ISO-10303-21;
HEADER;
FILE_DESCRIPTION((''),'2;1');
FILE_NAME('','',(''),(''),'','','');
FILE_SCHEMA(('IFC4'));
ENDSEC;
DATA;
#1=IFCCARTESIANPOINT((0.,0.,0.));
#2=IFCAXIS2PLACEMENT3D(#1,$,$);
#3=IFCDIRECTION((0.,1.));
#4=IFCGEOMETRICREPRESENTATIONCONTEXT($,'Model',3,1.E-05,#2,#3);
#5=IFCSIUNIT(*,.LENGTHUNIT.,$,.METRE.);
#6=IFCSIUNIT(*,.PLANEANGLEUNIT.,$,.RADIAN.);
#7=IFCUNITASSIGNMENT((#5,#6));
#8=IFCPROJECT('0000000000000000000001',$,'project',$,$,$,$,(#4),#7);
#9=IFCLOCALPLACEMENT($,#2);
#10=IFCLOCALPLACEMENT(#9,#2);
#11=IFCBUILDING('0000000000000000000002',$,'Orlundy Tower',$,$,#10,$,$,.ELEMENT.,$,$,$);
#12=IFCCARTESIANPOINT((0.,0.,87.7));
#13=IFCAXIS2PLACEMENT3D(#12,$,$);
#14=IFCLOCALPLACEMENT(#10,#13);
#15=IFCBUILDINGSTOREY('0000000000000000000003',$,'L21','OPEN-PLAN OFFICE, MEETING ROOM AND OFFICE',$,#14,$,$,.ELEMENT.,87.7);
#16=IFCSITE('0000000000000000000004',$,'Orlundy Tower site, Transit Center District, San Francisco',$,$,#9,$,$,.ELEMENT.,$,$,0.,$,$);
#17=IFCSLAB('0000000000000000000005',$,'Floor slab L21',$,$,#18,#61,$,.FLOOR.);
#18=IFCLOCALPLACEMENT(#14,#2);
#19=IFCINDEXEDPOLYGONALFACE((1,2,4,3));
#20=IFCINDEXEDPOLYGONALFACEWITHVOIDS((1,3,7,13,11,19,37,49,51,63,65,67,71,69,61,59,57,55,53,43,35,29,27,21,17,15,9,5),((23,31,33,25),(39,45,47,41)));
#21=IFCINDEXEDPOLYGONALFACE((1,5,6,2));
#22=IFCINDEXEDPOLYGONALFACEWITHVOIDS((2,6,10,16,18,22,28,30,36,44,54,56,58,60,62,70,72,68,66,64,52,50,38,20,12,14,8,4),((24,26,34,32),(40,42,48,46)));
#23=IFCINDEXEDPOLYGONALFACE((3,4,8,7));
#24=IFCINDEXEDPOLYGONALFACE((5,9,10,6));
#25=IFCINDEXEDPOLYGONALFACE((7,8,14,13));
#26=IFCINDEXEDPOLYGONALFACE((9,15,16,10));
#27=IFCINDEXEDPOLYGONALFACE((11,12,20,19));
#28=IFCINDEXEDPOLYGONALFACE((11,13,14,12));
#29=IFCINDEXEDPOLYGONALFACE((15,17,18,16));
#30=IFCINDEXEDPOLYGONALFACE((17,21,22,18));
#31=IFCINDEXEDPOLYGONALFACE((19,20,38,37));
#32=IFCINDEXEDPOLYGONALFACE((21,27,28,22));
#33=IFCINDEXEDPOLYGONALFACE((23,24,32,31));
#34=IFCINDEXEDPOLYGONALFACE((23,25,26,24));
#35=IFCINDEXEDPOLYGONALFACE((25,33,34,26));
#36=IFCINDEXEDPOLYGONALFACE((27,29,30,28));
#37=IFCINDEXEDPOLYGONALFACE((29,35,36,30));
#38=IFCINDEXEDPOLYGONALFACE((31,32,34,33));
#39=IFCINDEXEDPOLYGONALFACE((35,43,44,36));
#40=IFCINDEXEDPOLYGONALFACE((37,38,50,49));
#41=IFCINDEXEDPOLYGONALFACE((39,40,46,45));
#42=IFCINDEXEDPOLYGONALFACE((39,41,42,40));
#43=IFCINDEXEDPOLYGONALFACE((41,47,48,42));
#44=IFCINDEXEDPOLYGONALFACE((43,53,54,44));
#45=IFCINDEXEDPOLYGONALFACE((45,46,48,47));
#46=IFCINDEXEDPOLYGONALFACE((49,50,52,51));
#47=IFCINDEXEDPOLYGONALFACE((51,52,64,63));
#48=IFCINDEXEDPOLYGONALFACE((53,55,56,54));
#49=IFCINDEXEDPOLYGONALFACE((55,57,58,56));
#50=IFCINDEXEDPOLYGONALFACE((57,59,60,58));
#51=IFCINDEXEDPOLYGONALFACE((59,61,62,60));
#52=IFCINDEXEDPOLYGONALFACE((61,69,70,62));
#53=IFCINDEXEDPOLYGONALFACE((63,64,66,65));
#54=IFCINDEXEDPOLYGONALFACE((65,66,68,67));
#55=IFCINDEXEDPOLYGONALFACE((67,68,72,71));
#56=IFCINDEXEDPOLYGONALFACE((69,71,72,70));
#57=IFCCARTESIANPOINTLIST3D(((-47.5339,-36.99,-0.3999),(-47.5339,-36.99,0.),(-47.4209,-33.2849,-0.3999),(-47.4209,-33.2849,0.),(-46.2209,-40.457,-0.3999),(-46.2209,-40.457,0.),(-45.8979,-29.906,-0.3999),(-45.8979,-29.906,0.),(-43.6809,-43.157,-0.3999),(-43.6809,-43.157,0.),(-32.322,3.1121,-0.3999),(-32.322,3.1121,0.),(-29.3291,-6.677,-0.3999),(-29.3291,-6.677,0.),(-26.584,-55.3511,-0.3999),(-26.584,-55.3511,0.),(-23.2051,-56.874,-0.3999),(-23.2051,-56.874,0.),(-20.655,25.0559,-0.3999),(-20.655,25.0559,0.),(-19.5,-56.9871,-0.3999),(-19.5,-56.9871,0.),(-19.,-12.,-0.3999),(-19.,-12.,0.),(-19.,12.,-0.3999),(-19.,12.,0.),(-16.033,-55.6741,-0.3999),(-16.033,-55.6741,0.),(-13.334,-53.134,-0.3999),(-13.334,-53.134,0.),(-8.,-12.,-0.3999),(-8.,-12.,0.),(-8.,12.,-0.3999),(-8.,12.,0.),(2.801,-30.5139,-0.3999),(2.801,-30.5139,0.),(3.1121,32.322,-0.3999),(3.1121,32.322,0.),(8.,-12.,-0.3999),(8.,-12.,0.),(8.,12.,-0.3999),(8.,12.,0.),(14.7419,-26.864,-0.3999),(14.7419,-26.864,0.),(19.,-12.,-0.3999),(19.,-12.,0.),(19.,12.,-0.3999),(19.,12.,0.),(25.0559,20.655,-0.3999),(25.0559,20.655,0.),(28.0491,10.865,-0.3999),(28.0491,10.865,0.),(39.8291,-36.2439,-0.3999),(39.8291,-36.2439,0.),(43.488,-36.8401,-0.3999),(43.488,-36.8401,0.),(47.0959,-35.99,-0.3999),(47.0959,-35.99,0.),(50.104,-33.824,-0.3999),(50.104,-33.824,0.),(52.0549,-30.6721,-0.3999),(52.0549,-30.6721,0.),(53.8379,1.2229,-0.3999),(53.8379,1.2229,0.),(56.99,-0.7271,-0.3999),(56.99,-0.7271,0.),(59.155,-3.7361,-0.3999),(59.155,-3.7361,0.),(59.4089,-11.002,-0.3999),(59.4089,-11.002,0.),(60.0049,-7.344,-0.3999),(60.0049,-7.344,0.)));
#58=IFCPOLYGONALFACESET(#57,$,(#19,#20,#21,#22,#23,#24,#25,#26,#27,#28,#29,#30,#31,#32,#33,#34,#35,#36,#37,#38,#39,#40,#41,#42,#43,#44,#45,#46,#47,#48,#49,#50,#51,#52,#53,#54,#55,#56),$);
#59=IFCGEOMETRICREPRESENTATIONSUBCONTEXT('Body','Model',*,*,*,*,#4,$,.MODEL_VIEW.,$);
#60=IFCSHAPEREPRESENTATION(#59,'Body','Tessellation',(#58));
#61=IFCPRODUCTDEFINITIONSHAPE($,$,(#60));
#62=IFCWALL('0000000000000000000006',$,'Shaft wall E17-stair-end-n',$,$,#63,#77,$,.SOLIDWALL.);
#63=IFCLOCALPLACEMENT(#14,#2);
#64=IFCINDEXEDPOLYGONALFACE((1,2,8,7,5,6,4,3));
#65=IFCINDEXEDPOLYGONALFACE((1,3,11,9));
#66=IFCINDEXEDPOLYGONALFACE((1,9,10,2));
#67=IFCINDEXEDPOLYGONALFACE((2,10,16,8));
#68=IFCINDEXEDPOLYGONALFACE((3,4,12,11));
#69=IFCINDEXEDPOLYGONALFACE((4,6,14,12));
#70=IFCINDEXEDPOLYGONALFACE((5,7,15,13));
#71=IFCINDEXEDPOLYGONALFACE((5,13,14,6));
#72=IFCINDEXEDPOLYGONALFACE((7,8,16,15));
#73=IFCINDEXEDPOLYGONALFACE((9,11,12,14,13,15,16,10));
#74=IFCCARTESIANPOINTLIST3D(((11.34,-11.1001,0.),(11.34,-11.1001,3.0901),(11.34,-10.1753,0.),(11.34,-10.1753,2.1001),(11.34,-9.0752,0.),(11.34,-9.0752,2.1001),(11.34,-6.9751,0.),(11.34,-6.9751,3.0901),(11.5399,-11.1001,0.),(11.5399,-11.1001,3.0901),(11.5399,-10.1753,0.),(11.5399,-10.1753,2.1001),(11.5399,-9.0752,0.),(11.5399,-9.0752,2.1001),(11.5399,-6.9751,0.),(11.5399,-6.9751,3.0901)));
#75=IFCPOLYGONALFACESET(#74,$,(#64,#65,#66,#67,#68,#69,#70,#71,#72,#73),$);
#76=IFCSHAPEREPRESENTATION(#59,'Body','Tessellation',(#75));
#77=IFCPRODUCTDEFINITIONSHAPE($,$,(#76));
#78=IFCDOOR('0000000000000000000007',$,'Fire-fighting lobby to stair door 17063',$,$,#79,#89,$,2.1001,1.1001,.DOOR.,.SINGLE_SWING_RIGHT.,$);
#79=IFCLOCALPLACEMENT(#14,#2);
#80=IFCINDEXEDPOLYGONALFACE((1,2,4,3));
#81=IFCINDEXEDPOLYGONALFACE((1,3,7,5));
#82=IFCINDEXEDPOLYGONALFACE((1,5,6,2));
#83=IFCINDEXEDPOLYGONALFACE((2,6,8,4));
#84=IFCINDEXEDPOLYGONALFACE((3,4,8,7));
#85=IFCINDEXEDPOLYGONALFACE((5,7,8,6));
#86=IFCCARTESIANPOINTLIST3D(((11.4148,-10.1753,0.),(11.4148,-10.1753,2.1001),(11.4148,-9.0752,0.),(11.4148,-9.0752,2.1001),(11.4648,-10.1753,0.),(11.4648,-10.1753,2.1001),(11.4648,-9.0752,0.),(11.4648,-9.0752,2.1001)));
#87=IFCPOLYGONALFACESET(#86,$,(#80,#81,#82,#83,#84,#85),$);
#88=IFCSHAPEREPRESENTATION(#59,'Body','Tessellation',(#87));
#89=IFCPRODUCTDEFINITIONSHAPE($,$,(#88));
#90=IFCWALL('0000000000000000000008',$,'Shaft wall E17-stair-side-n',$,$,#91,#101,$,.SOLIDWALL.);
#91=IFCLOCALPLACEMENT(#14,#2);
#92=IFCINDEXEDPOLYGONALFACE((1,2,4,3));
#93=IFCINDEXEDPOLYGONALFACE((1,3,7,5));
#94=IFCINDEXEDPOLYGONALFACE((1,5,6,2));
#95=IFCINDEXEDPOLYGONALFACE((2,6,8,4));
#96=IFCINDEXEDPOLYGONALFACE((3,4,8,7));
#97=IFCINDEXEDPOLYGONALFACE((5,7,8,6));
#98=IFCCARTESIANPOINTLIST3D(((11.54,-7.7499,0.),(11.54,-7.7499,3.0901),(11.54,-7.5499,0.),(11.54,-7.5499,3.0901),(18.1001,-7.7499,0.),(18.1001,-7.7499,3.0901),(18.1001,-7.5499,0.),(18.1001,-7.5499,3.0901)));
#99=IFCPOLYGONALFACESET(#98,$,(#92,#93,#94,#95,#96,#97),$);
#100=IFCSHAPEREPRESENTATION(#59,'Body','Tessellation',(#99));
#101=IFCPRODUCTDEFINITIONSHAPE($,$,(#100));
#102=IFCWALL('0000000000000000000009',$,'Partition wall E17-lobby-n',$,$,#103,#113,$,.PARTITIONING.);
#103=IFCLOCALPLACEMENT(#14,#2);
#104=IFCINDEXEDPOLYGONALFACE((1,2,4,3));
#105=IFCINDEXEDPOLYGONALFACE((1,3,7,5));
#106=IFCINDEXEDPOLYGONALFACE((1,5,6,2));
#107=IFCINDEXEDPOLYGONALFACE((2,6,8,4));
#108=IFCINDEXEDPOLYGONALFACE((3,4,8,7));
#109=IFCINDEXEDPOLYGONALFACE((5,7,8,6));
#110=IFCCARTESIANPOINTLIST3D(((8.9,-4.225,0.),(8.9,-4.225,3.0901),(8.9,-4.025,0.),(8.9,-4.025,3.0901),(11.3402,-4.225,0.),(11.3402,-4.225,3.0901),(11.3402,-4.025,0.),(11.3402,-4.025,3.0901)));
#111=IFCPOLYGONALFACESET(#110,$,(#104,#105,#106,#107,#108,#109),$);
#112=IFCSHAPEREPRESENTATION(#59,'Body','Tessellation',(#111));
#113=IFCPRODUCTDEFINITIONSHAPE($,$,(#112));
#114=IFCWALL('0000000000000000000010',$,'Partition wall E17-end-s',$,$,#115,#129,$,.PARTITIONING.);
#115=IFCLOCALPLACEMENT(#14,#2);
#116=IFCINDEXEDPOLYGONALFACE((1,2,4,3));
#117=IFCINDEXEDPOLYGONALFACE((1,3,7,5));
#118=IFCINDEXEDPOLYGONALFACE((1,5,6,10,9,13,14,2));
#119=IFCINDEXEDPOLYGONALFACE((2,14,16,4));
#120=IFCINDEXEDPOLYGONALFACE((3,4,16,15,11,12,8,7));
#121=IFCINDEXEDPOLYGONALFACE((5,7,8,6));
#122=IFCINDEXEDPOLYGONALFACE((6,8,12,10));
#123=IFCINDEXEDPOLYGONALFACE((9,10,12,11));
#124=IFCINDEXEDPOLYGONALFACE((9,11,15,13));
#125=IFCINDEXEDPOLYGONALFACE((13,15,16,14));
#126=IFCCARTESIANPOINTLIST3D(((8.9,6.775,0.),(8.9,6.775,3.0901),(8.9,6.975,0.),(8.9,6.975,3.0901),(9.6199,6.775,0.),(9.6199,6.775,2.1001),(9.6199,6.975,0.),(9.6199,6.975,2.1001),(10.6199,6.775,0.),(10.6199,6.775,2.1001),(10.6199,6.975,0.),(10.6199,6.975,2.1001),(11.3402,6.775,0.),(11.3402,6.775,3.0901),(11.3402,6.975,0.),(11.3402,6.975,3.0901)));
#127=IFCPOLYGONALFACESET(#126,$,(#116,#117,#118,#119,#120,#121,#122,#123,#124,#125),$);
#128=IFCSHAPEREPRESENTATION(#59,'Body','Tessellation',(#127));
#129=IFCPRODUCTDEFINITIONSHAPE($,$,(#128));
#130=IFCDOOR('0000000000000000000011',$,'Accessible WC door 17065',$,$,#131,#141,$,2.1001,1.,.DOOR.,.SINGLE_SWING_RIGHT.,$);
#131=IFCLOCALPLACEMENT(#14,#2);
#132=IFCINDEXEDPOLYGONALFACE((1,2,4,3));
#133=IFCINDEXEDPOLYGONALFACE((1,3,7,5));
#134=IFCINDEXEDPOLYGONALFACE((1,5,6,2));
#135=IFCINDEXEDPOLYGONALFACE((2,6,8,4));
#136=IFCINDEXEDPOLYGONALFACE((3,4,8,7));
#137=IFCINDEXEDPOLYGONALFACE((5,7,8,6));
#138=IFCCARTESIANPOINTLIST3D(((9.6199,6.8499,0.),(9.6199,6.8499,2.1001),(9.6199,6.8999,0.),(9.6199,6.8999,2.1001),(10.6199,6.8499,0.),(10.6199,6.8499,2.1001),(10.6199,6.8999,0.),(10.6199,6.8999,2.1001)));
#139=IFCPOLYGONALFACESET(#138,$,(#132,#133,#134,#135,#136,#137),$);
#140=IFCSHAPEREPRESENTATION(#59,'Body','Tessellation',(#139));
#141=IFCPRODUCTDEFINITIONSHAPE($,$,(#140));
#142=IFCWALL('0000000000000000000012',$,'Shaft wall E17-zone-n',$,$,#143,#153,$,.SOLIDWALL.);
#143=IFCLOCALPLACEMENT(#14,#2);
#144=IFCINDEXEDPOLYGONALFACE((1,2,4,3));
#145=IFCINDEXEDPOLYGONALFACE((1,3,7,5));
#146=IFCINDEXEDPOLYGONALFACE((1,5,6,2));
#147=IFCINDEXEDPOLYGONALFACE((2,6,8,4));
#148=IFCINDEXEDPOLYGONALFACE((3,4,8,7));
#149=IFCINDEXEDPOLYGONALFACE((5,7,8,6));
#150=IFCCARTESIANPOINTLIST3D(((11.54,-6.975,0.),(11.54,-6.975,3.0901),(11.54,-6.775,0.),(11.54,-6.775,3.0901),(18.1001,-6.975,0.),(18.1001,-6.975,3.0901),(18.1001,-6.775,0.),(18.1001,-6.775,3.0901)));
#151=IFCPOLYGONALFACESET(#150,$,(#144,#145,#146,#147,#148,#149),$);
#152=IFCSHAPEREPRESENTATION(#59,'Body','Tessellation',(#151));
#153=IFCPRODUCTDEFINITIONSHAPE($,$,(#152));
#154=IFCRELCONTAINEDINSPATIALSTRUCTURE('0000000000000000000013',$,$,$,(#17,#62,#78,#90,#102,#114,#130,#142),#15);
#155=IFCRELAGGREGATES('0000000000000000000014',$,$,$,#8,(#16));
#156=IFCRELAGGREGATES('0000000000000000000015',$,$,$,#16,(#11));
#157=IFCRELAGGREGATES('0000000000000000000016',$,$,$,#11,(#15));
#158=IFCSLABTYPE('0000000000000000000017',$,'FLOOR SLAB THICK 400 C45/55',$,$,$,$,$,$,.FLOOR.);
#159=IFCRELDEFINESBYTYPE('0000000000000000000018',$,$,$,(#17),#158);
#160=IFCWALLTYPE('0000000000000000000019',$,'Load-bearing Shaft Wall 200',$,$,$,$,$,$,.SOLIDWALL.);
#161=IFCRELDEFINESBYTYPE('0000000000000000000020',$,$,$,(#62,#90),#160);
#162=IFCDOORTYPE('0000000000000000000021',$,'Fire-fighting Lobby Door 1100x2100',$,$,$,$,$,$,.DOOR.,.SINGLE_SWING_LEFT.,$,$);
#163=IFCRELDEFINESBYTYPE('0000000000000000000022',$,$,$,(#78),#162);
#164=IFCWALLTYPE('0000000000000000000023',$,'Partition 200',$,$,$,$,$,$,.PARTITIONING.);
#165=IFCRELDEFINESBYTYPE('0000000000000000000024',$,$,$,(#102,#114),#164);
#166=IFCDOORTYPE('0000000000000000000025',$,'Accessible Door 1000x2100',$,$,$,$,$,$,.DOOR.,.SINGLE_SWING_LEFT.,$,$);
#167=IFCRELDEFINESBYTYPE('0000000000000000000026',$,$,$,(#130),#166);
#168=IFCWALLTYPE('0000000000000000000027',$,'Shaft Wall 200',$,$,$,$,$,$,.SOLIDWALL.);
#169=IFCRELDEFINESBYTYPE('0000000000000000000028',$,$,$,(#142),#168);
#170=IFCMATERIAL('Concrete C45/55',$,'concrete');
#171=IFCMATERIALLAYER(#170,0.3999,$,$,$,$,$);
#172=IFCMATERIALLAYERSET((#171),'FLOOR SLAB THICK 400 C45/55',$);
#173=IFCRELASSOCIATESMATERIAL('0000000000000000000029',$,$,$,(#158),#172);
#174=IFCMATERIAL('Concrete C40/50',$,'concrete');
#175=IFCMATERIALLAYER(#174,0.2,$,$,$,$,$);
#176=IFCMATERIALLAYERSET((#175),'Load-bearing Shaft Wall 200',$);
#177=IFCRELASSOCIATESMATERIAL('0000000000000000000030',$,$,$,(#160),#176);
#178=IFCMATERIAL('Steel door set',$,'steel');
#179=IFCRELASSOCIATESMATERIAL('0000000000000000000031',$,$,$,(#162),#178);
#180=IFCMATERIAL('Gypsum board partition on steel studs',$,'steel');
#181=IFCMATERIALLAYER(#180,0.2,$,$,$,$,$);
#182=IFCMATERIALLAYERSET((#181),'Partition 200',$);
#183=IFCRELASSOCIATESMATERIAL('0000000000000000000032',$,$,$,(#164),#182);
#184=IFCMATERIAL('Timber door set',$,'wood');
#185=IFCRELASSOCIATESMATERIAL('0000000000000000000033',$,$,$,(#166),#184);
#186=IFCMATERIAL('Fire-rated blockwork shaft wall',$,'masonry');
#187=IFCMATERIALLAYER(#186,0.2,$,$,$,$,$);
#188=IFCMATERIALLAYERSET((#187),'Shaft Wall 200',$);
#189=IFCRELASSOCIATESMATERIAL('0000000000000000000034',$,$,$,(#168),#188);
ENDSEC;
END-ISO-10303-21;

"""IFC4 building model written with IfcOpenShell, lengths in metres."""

from ifc_helpers import new_model, si_unit, direction, frame, frame_2d, origin, place, context, subcontext, project, spatial, polyline, rectangle, outline, extrude, material, layer, layer_set, type_object, element, fill, save


model = new_model("IFC4")

# Units and contexts
model_context = context("Model", 3, precision=1e-05, world=origin(), true_north=direction((0.0, 1.0)))
body_context = subcontext(model_context, "Body", "Model", "MODEL_VIEW")
ifc_project = project(units=[si_unit("LENGTHUNIT", "METRE"), si_unit("PLANEANGLEUNIT", "RADIAN")], contexts=[model_context])

# Site, building, storey
site_placement = place(None, origin())
site = spatial("IfcSite", under=ifc_project, at=site_placement, Name="Orlundy Tower site, Transit Center District, San Francisco", CompositionType="ELEMENT", RefElevation=0.0)
building_placement = place(site_placement, origin())
building = spatial("IfcBuilding", under=site, at=building_placement, Name="Orlundy Tower", CompositionType="ELEMENT")
storey_placement = place(building_placement, frame((0.0, 0.0, 87.7)))
storey = spatial("IfcBuildingStorey", under=building, at=storey_placement, Name="L21", Description="OPEN-PLAN OFFICE, MEETING ROOM AND OFFICE", CompositionType="ELEMENT", Elevation=87.7)

# Slab
ifc_material_1 = material(Name="Concrete C45/55", Category="concrete")
ifc_layer_1 = layer(ifc_material_1, 0.3999)
ifc_layer_set_1 = layer_set([ifc_layer_1], Name="FLOOR SLAB THICK 400 C45/55")
slab_type_1 = type_object("IfcSlabType", Name="FLOOR SLAB THICK 400 C45/55", PredefinedType="FLOOR", material=ifc_layer_set_1)
slab_1_placement = place(storey_placement, frame((0.0, 0.0, -0.3999)))
element("IfcSlab", 1, at=slab_1_placement, inside=storey, type_object=slab_type_1, Name="Floor slab L21", PredefinedType="FLOOR", context=body_context, shape_type="SweptSolid", body=[
    extrude(outline(polyline([(-29.3291, -6.677), (-32.322, 3.1121), (-20.655, 25.0559), (3.1121, 32.322), (25.0559, 20.655), (28.0491, 10.865), (53.8379, 1.2229), (56.99, -0.7271), (59.155, -3.7361), (60.0049, -7.344), (59.4089, -11.002), (52.0549, -30.6721), (50.104, -33.824), (47.0959, -35.99), (43.488, -36.8401), (39.8291, -36.2439), (14.7419, -26.864), (2.801, -30.5139), (-13.334, -53.134), (-16.033, -55.6741), (-19.5, -56.9871), (-23.2051, -56.874), (-26.584, -55.3511), (-43.6809, -43.157), (-46.2209, -40.457), (-47.5339, -36.99), (-47.4209, -33.2849), (-45.8979, -29.906), (-29.3291, -6.677)]), holes=[polyline([(-8.0, -12.0), (-8.0, 12.0), (-19.0, 12.0), (-19.0, -12.0), (-8.0, -12.0)]), polyline([(19.0, -12.0), (19.0, 12.0), (8.0, 12.0), (8.0, -12.0), (19.0, -12.0)])]), origin(), (0.0, 0.0, 1.0), 0.3999),
])

# Wall, opening, door
ifc_material_2 = material(Name="Concrete C40/50", Category="concrete")
ifc_layer_2 = layer(ifc_material_2, 0.2)
ifc_layer_set_2 = layer_set([ifc_layer_2], Name="Load-bearing Shaft Wall 200")
wall_type_1 = type_object("IfcWallType", Name="Load-bearing Shaft Wall 200", PredefinedType="SOLIDWALL", material=ifc_layer_set_2)
wall_1_placement = place(storey_placement, frame((11.4399, -6.9751, 0.0), z_axis=(0.0, 0.0, 1.0), x_axis=(0.0, -1.0, 0.0)))
wall_1 = element("IfcWall", 2, at=wall_1_placement, inside=storey, type_object=wall_type_1, Name="Shaft wall E17-stair-end-n", PredefinedType="SOLIDWALL", context=body_context, shape_type="SweptSolid", body=[
    extrude(rectangle(XDim=4.125, YDim=0.2, at=frame_2d((2.0625, 0.0))), origin(), (0.0, 0.0, 1.0), 3.0901),
])
opening_1_placement = place(wall_1_placement, frame((2.1001, 0.0, 0.0)))
opening_1 = element("IfcOpeningElement", 3, at=opening_1_placement, cuts=wall_1, PredefinedType="OPENING", context=body_context, shape_type="SweptSolid", body=[
    extrude(rectangle(XDim=1.1001, YDim=2.1001, at=frame_2d((0.55, 1.05))), frame((0.0, 0.1101, 0.0), z_axis=(0.0, -1.0, 0.0), x_axis=(1.0, 0.0, 0.0)), (0.0, 0.0, 1.0), 0.2202),
])
ifc_material_3 = material(Name="Steel door set", Category="steel")
door_type_1 = type_object("IfcDoorType", Name="Fire-fighting Lobby Door 1100x2100", OperationType="SINGLE_SWING_LEFT", PredefinedType="DOOR", material=ifc_material_3)
door_1_placement = place(opening_1_placement, origin())
door_1 = element("IfcDoor", 4, at=door_1_placement, inside=storey, type_object=door_type_1, Name="Fire-fighting lobby to stair door 17063", OperationType="SINGLE_SWING_RIGHT", OverallHeight=2.1001, OverallWidth=1.1001, PredefinedType="DOOR", context=body_context, shape_type="SweptSolid", body=[
    extrude(rectangle(XDim=1.1001, YDim=2.1001, at=frame_2d((0.55, 1.05))), frame((0.0, 0.0249, 0.0), z_axis=(0.0, -1.0, 0.0), x_axis=(1.0, 0.0, 0.0)), (0.0, 0.0, 1.0), 0.05),
])
fill(opening_1, door_1)

# Walls
wall_2_placement = place(storey_placement, frame((11.54, -7.6499, 0.0), z_axis=(0.0, 0.0, 1.0), x_axis=(1.0, 0.0, 0.0)))
element("IfcWall", 5, at=wall_2_placement, inside=storey, type_object=wall_type_1, Name="Shaft wall E17-stair-side-n", PredefinedType="SOLIDWALL", context=body_context, shape_type="SweptSolid", body=[
    extrude(rectangle(XDim=6.5601, YDim=0.2, at=frame_2d((3.28, 0.0))), origin(), (0.0, 0.0, 1.0), 3.0901),
])
ifc_material_4 = material(Name="Gypsum board partition on steel studs", Category="steel")
ifc_layer_3 = layer(ifc_material_4, 0.2)
ifc_layer_set_3 = layer_set([ifc_layer_3], Name="Partition 200")
wall_type_2 = type_object("IfcWallType", Name="Partition 200", PredefinedType="PARTITIONING", material=ifc_layer_set_3)
wall_3_placement = place(storey_placement, frame((8.8999, -4.125, 0.0), z_axis=(0.0, 0.0, 1.0), x_axis=(1.0, 0.0, 0.0)))
element("IfcWall", 6, at=wall_3_placement, inside=storey, type_object=wall_type_2, Name="Partition wall E17-lobby-n", PredefinedType="PARTITIONING", context=body_context, shape_type="SweptSolid", body=[
    extrude(rectangle(XDim=2.4402, YDim=0.2, at=frame_2d((1.2202, 0.0))), origin(), (0.0, 0.0, 1.0), 3.0901),
])

# Wall, opening, door
wall_4_placement = place(storey_placement, frame((8.8999, 6.875, 0.0), z_axis=(0.0, 0.0, 1.0), x_axis=(1.0, 0.0, 0.0)))
wall_4 = element("IfcWall", 7, at=wall_4_placement, inside=storey, type_object=wall_type_2, Name="Partition wall E17-end-s", PredefinedType="PARTITIONING", context=body_context, shape_type="SweptSolid", body=[
    extrude(rectangle(XDim=2.4402, YDim=0.2, at=frame_2d((1.2202, 0.0))), origin(), (0.0, 0.0, 1.0), 3.0901),
])
opening_2_placement = place(wall_4_placement, frame((0.72, 0.0, 0.0)))
opening_2 = element("IfcOpeningElement", 8, at=opening_2_placement, cuts=wall_4, PredefinedType="OPENING", context=body_context, shape_type="SweptSolid", body=[
    extrude(rectangle(XDim=1.0, YDim=2.1001, at=frame_2d((0.5, 1.05))), frame((0.0, 0.1101, 0.0), z_axis=(0.0, -1.0, 0.0), x_axis=(1.0, 0.0, 0.0)), (0.0, 0.0, 1.0), 0.2202),
])
ifc_material_5 = material(Name="Timber door set", Category="wood")
door_type_2 = type_object("IfcDoorType", Name="Accessible Door 1000x2100", OperationType="SINGLE_SWING_LEFT", PredefinedType="DOOR", material=ifc_material_5)
door_2_placement = place(opening_2_placement, origin())
door_2 = element("IfcDoor", 9, at=door_2_placement, inside=storey, type_object=door_type_2, Name="Accessible WC door 17065", OperationType="SINGLE_SWING_RIGHT", OverallHeight=2.1001, OverallWidth=1.0, PredefinedType="DOOR", context=body_context, shape_type="SweptSolid", body=[
    extrude(rectangle(XDim=1.0, YDim=2.1001, at=frame_2d((0.5, 1.05))), frame((0.0, 0.0249, 0.0), z_axis=(0.0, -1.0, 0.0), x_axis=(1.0, 0.0, 0.0)), (0.0, 0.0, 1.0), 0.05),
])
fill(opening_2, door_2)

# Wall
ifc_material_6 = material(Name="Fire-rated blockwork shaft wall", Category="masonry")
ifc_layer_4 = layer(ifc_material_6, 0.2)
ifc_layer_set_4 = layer_set([ifc_layer_4], Name="Shaft Wall 200")
wall_type_3 = type_object("IfcWallType", Name="Shaft Wall 200", PredefinedType="SOLIDWALL", material=ifc_layer_set_4)
wall_5_placement = place(storey_placement, frame((11.54, -6.875, 0.0), z_axis=(0.0, 0.0, 1.0), x_axis=(1.0, 0.0, 0.0)))
element("IfcWall", 10, at=wall_5_placement, inside=storey, type_object=wall_type_3, Name="Shaft wall E17-zone-n", PredefinedType="SOLIDWALL", context=body_context, shape_type="SweptSolid", body=[
    extrude(rectangle(XDim=6.5601, YDim=0.2, at=frame_2d((3.28, 0.0))), origin(), (0.0, 0.0, 1.0), 3.0901),
])

save(model, "model.ifc")
